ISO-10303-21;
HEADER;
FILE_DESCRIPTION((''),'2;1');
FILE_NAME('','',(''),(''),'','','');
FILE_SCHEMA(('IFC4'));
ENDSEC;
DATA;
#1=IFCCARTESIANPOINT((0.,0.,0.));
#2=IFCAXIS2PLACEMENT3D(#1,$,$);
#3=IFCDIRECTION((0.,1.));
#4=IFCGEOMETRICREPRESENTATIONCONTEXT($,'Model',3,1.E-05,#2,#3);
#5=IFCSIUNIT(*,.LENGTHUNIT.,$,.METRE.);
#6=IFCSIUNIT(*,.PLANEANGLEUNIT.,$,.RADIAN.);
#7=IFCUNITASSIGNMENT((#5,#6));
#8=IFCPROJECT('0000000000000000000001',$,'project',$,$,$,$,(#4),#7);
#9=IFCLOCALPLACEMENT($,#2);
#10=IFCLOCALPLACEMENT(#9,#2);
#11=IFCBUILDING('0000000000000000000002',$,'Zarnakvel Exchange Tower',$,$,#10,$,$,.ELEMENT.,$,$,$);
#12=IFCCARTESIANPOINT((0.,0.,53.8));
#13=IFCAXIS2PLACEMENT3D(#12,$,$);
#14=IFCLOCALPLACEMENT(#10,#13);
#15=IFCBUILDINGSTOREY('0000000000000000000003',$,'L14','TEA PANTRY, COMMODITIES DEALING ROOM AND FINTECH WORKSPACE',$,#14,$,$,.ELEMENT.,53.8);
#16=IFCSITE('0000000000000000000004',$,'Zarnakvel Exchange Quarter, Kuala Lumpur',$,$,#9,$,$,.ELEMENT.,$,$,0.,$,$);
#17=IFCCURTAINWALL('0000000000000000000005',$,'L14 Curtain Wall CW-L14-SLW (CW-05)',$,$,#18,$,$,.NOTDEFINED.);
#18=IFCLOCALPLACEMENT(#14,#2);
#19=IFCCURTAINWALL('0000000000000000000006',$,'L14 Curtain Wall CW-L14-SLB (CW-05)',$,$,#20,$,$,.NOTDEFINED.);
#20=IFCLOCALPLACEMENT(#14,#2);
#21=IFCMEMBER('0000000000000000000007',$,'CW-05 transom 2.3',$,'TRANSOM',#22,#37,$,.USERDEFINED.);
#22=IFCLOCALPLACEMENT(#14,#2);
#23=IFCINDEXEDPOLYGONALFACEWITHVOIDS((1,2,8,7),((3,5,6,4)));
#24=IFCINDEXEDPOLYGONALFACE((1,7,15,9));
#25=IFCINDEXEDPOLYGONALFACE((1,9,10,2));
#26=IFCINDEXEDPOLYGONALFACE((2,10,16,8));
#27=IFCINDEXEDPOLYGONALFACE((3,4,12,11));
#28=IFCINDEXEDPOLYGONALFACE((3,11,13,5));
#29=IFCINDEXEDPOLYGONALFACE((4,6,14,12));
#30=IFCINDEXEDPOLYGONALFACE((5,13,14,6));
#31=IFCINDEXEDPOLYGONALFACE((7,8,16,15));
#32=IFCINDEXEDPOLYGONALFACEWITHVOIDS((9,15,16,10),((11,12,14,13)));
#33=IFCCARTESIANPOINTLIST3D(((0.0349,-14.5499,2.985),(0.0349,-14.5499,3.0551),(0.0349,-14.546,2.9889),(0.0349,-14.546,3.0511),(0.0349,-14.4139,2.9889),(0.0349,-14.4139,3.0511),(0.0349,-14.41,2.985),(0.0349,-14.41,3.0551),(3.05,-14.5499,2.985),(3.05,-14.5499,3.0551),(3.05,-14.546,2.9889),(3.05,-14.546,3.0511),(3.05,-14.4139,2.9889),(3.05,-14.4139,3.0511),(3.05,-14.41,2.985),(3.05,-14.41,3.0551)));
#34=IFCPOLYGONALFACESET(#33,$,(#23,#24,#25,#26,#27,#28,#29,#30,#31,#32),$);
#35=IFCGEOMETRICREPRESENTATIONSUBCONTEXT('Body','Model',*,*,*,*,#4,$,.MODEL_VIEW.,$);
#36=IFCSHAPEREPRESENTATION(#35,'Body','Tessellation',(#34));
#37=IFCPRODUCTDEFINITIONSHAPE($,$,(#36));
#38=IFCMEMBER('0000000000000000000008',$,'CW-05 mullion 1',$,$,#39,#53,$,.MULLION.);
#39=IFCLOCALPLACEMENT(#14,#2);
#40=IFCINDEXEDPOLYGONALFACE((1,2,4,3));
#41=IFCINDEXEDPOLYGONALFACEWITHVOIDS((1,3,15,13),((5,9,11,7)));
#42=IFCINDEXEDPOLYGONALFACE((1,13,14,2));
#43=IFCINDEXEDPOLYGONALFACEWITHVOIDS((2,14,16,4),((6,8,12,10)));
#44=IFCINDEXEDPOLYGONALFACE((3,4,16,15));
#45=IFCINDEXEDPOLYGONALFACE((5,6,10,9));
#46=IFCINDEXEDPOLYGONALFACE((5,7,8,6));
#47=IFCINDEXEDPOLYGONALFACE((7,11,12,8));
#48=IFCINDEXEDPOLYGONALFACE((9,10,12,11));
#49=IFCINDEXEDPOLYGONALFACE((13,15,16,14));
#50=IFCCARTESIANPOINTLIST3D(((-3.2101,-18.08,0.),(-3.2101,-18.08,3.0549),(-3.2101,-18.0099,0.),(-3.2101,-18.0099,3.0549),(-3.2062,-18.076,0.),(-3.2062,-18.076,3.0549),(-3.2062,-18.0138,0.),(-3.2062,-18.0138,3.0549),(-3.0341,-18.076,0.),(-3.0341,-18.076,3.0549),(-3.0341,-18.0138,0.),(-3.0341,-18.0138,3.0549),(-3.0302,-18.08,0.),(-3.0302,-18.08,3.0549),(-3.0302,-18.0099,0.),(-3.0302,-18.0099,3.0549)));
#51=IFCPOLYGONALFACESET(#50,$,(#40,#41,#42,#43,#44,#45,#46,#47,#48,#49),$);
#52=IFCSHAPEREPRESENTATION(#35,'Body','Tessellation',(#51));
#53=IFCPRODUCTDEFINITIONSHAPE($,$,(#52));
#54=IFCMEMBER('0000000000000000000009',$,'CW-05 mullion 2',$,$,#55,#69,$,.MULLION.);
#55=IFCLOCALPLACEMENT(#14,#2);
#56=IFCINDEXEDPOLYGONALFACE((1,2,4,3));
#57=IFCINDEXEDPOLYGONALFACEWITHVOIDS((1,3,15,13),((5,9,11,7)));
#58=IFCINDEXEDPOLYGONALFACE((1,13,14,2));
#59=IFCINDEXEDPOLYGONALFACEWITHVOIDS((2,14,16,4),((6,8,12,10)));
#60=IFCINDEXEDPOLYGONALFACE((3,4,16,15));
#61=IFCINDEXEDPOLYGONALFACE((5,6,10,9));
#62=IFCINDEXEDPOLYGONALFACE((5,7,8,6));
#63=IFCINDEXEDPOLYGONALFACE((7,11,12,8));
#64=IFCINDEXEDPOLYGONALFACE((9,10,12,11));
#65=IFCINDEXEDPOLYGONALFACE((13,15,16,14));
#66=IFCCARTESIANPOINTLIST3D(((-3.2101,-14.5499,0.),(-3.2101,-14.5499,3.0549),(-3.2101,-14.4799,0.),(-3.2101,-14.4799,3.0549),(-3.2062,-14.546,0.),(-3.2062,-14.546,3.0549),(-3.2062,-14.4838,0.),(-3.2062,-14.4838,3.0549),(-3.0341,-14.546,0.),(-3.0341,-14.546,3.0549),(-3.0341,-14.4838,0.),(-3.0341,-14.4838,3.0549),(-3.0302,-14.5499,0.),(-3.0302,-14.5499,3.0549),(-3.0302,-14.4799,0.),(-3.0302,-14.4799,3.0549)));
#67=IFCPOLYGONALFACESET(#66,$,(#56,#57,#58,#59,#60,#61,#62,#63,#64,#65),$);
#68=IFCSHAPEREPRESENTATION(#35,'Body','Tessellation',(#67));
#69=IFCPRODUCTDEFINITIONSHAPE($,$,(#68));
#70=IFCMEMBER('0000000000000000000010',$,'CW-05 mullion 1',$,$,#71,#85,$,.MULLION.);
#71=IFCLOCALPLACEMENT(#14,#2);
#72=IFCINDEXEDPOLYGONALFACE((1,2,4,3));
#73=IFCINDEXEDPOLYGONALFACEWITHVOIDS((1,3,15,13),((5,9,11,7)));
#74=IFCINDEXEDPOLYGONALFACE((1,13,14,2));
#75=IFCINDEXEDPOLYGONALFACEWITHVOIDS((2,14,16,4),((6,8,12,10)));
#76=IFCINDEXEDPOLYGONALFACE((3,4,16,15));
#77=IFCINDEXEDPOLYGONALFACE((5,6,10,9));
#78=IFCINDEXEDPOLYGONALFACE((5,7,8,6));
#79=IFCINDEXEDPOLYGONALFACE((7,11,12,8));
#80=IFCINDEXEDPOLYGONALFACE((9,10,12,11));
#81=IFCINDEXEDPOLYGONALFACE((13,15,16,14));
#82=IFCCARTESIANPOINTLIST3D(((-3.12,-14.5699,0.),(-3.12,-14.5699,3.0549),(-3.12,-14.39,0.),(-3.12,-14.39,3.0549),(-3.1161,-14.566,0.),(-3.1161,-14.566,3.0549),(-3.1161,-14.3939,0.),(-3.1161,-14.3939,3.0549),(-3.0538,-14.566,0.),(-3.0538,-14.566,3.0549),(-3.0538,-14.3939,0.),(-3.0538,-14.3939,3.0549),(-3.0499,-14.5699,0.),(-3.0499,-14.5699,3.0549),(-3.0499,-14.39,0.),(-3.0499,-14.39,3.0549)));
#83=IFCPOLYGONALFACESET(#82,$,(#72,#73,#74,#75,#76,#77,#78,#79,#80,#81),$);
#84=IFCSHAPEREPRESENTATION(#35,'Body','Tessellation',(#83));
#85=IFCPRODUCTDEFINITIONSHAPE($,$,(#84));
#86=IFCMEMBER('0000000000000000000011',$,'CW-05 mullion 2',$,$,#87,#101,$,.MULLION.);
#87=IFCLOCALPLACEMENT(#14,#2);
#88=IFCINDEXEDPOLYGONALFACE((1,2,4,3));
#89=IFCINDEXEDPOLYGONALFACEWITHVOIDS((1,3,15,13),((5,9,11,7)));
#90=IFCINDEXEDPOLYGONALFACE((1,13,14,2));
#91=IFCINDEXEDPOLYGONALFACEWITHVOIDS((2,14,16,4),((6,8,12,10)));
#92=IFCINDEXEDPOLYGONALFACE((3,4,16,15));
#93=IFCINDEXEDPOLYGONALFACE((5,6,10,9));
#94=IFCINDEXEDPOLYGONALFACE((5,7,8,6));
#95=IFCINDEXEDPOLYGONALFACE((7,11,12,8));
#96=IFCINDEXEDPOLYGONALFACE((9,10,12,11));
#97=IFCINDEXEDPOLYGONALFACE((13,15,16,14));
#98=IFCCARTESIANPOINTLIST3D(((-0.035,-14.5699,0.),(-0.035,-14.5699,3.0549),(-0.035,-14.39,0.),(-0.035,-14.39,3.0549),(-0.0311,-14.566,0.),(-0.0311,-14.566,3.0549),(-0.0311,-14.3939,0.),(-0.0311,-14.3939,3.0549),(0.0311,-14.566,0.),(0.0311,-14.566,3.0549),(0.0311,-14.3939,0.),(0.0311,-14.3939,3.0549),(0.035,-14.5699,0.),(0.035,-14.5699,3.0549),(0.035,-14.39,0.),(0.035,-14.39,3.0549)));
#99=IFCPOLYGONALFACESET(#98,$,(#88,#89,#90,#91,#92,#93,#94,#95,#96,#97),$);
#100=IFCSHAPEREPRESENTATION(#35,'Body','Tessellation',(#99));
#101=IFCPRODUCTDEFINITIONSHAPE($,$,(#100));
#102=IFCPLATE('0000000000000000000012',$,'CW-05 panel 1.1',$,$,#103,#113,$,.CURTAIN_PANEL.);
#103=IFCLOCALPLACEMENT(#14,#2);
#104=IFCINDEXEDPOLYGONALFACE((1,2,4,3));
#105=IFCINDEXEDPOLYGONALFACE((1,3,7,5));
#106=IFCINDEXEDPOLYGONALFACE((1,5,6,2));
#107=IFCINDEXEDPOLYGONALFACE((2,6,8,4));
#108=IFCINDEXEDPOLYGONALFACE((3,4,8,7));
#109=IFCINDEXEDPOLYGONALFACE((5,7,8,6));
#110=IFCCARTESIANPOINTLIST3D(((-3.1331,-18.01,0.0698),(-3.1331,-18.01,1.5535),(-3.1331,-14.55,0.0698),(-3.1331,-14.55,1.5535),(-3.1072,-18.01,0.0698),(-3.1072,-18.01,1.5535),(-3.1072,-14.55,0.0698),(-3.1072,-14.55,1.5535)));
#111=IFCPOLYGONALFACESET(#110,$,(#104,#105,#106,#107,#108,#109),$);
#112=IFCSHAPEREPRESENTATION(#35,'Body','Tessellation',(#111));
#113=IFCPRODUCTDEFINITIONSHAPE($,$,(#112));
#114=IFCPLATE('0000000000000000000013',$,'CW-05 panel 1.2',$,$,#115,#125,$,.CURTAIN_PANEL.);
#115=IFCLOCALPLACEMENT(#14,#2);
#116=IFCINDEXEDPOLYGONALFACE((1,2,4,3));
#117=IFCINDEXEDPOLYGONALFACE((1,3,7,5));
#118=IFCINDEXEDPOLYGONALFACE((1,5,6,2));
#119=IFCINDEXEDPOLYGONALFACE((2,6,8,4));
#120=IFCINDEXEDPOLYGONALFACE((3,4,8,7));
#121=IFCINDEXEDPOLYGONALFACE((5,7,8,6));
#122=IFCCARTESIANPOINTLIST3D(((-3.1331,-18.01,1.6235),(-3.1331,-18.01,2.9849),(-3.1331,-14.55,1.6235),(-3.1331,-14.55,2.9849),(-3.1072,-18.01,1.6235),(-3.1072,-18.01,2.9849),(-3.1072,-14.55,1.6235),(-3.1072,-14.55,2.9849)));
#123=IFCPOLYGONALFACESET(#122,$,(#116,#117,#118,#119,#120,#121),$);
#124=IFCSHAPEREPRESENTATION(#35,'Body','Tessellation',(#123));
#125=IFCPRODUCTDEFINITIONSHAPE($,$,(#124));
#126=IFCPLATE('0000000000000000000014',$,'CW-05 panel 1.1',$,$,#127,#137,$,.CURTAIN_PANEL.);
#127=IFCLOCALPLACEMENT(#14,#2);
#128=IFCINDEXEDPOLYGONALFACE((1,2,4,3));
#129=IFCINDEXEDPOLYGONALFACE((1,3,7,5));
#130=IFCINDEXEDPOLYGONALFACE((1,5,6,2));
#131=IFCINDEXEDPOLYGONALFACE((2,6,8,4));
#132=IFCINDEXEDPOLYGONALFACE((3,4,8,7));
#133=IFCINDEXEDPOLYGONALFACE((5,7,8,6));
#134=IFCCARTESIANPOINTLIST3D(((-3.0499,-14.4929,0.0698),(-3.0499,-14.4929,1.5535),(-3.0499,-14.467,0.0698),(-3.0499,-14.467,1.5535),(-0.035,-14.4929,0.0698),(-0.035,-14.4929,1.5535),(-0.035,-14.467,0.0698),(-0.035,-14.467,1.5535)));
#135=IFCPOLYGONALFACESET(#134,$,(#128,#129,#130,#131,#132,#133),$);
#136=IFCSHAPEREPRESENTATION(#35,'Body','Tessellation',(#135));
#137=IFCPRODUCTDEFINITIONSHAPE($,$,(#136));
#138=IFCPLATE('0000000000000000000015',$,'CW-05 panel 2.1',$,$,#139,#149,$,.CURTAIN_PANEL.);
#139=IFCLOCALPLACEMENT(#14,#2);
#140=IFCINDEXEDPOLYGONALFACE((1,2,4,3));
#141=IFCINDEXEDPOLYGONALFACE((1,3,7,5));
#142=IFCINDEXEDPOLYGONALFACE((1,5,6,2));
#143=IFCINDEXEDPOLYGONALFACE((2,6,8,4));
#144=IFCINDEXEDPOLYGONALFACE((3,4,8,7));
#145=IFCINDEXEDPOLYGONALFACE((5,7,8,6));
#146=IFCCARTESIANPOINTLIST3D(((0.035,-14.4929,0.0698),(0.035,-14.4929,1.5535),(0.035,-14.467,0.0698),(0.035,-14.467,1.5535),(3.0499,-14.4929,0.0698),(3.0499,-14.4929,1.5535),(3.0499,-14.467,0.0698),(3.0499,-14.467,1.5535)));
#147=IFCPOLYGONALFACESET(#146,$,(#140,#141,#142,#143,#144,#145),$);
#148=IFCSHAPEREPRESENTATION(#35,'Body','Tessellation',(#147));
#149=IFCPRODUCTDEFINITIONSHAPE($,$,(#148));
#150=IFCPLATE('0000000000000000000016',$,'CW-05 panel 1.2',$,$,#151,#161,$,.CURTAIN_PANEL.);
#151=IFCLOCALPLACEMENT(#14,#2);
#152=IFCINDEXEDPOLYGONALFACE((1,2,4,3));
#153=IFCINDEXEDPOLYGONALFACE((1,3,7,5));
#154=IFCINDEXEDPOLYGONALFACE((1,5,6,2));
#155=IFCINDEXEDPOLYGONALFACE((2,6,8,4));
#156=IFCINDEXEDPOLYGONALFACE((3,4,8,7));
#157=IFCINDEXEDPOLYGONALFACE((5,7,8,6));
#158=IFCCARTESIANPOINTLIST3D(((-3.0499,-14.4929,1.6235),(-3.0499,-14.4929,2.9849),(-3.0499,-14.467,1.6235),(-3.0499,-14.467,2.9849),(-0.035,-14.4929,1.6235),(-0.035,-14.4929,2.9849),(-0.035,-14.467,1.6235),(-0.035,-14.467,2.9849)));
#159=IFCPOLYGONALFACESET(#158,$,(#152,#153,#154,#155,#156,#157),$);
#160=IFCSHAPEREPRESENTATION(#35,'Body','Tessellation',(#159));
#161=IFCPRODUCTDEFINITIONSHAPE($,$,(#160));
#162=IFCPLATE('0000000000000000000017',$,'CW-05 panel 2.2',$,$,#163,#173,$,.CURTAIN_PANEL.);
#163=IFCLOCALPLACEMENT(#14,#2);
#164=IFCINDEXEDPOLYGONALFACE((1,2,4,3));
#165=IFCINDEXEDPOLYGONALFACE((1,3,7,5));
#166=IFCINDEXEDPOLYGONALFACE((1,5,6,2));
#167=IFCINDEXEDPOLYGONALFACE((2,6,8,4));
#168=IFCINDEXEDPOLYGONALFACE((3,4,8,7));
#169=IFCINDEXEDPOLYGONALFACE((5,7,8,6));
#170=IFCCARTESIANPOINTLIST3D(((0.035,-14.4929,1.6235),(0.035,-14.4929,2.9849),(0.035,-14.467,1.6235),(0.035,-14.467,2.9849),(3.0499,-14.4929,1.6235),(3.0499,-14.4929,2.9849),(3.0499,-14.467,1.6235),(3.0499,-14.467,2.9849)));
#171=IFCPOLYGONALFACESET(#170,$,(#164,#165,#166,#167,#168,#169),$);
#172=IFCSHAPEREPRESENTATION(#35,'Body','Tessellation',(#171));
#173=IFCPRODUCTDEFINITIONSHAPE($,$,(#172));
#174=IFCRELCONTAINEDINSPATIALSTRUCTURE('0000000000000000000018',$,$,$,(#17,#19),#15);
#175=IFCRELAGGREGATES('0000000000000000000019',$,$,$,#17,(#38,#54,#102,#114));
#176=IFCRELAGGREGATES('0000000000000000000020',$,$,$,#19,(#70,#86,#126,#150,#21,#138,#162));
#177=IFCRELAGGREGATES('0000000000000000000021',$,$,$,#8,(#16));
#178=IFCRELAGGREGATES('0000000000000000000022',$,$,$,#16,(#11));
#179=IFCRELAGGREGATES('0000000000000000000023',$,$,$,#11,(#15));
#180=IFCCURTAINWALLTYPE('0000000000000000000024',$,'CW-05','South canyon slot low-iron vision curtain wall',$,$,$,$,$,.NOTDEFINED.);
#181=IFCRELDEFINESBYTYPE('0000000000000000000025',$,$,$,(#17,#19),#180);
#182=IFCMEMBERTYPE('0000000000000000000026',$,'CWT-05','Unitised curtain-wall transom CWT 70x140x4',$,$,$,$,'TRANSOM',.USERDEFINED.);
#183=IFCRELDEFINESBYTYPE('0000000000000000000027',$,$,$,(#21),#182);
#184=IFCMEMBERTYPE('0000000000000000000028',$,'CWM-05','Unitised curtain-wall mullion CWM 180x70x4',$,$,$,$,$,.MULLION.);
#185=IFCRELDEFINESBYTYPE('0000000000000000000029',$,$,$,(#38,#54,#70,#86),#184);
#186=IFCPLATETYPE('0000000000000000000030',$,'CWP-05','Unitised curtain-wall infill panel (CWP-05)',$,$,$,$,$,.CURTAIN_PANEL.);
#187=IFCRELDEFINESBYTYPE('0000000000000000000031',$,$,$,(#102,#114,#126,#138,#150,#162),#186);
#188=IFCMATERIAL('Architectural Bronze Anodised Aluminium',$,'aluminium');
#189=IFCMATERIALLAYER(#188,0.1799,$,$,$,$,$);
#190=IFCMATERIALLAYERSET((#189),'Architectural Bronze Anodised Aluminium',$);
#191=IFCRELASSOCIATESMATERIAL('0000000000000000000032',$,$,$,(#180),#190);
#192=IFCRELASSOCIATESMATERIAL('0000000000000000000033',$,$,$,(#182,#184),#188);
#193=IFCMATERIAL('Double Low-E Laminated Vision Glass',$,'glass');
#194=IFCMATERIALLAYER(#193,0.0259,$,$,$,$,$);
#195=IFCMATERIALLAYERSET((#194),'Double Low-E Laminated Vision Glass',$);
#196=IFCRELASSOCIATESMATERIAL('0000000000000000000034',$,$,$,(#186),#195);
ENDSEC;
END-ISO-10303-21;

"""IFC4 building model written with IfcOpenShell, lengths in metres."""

from ifc_helpers import new_model, si_unit, direction, frame, origin, origin_2d, place, context, subcontext, project, spatial, rectangle, hollow_rectangle, extrude, source, transform, mapped, material, layer, layer_set, material_profile, profile_set, type_object, element, aggregate, save


model = new_model("IFC4")

# Units and contexts
model_context = context("Model", 3, precision=1e-05, world=origin(), true_north=direction((0.0, 1.0)))
body_context = subcontext(model_context, "Body", "Model", "MODEL_VIEW")
ifc_project = project(units=[si_unit("LENGTHUNIT", "METRE"), si_unit("PLANEANGLEUNIT", "RADIAN")], contexts=[model_context])

# Site, building, storey
site_placement = place(None, origin())
site = spatial("IfcSite", under=ifc_project, at=site_placement, Name="Zarnakvel Exchange Quarter, Kuala Lumpur", CompositionType="ELEMENT", RefElevation=0.0)
building_placement = place(site_placement, origin())
building = spatial("IfcBuilding", under=site, at=building_placement, Name="Zarnakvel Exchange Tower", CompositionType="ELEMENT")
storey_placement = place(building_placement, frame((0.0, 0.0, 53.8)))
storey = spatial("IfcBuildingStorey", under=building, at=storey_placement, Name="L14", Description="TEA PANTRY, COMMODITIES DEALING ROOM AND FINTECH WORKSPACE", CompositionType="ELEMENT", Elevation=53.8)

# Curtain walls, member
ifc_material_1 = material(Name="Architectural Bronze Anodised Aluminium", Category="aluminium")
ifc_layer_1 = layer(ifc_material_1, 0.1799)
ifc_layer_set_1 = layer_set([ifc_layer_1], Name="Architectural Bronze Anodised Aluminium")
curtain_wall_type = type_object("IfcCurtainWallType", Name="CW-05", Description="South canyon slot low-iron vision curtain wall", PredefinedType="NOTDEFINED", material=ifc_layer_set_1)
curtain_wall_1_placement = place(storey_placement, origin())
curtain_wall_1 = element("IfcCurtainWall", 1, at=curtain_wall_1_placement, inside=storey, type_object=curtain_wall_type, Name="L14 Curtain Wall CW-L14-SLW (CW-05)", PredefinedType="NOTDEFINED")
ifc_material_profile_1 = material_profile(ifc_material_1, hollow_rectangle(XDim=0.1399, YDim=0.0701, WallThickness=0.0039, at=origin_2d()))
ifc_profile_set_1 = profile_set([ifc_material_profile_1], Name="Architectural Bronze Anodised Aluminium")
member_type_1 = type_object("IfcMemberType", Name="CWT-05", Description="Unitised curtain-wall transom CWT 70x140x4", ElementType="TRANSOM", PredefinedType="USERDEFINED", material=ifc_profile_set_1)
curtain_wall_2_placement = place(storey_placement, origin())
curtain_wall_2 = element("IfcCurtainWall", 2, at=curtain_wall_2_placement, inside=storey, type_object=curtain_wall_type, Name="L14 Curtain Wall CW-L14-SLB (CW-05)", PredefinedType="NOTDEFINED")
shared_shape_1 = source(origin(), body_context, "Body", "SweptSolid", [
    extrude(hollow_rectangle(XDim=0.1399, YDim=0.0701, WallThickness=0.0039, at=origin_2d()), origin(), (0.0, 0.0, 1.0), 3.0151),
])
member_1_placement = place(storey_placement, frame((0.0349, -14.48, 3.02), z_axis=(1.0, 0.0, 0.0), x_axis=(0.0, 1.0, 0.0)))
member_1 = element("IfcMember", 3, at=member_1_placement, type_object=member_type_1, Name="CW-05 transom 2.3", ObjectType="TRANSOM", PredefinedType="USERDEFINED", context=body_context, shape_type="MappedRepresentation", body=[
    mapped(shared_shape_1, transform((0.0, 0.0, 0.0), x_axis=(1.0, 0.0, 0.0), y_axis=(0.0, 1.0, 0.0), z_axis=(0.0, 0.0, 1.0), scale=1.0)),
])

# Members
ifc_material_profile_2 = material_profile(ifc_material_1, hollow_rectangle(XDim=0.1799, YDim=0.0701, WallThickness=0.0039, at=origin_2d()))
ifc_profile_set_2 = profile_set([ifc_material_profile_2], Name="Architectural Bronze Anodised Aluminium")
member_type_2 = type_object("IfcMemberType", Name="CWM-05", Description="Unitised curtain-wall mullion CWM 180x70x4", PredefinedType="MULLION", material=ifc_profile_set_2)
shared_shape_2 = source(origin(), body_context, "Body", "SweptSolid", [
    extrude(hollow_rectangle(XDim=0.1799, YDim=0.0701, WallThickness=0.0039, at=origin_2d()), origin(), (0.0, 0.0, 1.0), 3.0549),
])
member_2_placement = place(storey_placement, frame((-3.1201, -18.0449, 0.0), z_axis=(0.0, 0.0, 1.0), x_axis=(-1.0, 0.0, 0.0)))
member_2 = element("IfcMember", 4, at=member_2_placement, type_object=member_type_2, Name="CW-05 mullion 1", PredefinedType="MULLION", context=body_context, shape_type="MappedRepresentation", body=[
    mapped(shared_shape_2, transform((0.0, 0.0, 0.0), x_axis=(1.0, 0.0, 0.0), y_axis=(0.0, 1.0, 0.0), z_axis=(0.0, 0.0, 1.0), scale=1.0)),
])
member_3_placement = place(storey_placement, frame((-3.1201, -14.5149, 0.0), z_axis=(0.0, 0.0, 1.0), x_axis=(-1.0, 0.0, 0.0)))
member_3 = element("IfcMember", 5, at=member_3_placement, type_object=member_type_2, Name="CW-05 mullion 2", PredefinedType="MULLION", context=body_context, shape_type="MappedRepresentation", body=[
    mapped(shared_shape_2, transform((0.0, 0.0, 0.0), x_axis=(1.0, 0.0, 0.0), y_axis=(0.0, 1.0, 0.0), z_axis=(0.0, 0.0, 1.0), scale=1.0)),
])
member_4_placement = place(storey_placement, frame((-3.085, -14.48, 0.0), z_axis=(0.0, 0.0, 1.0), x_axis=(0.0, 1.0, 0.0)))
member_4 = element("IfcMember", 6, at=member_4_placement, type_object=member_type_2, Name="CW-05 mullion 1", PredefinedType="MULLION", context=body_context, shape_type="MappedRepresentation", body=[
    mapped(shared_shape_2, transform((0.0, 0.0, 0.0), x_axis=(1.0, 0.0, 0.0), y_axis=(0.0, 1.0, 0.0), z_axis=(0.0, 0.0, 1.0), scale=1.0)),
])
member_5_placement = place(storey_placement, frame((0.0, -14.48, 0.0), z_axis=(0.0, 0.0, 1.0), x_axis=(0.0, 1.0, 0.0)))
member_5 = element("IfcMember", 7, at=member_5_placement, type_object=member_type_2, Name="CW-05 mullion 2", PredefinedType="MULLION", context=body_context, shape_type="MappedRepresentation", body=[
    mapped(shared_shape_2, transform((0.0, 0.0, 0.0), x_axis=(1.0, 0.0, 0.0), y_axis=(0.0, 1.0, 0.0), z_axis=(0.0, 0.0, 1.0), scale=1.0)),
])

# Plates
ifc_material_2 = material(Name="Double Low-E Laminated Vision Glass", Category="glass")
ifc_layer_2 = layer(ifc_material_2, 0.0259)
ifc_layer_set_2 = layer_set([ifc_layer_2], Name="Double Low-E Laminated Vision Glass")
plate_type = type_object("IfcPlateType", Name="CWP-05", Description="Unitised curtain-wall infill panel (CWP-05)", PredefinedType="CURTAIN_PANEL", material=ifc_layer_set_2)
shared_shape_3 = source(origin(), body_context, "Body", "SweptSolid", [
    extrude(rectangle(XDim=3.46, YDim=0.0259, at=origin_2d()), origin(), (0.0, 0.0, 1.0), 1.4836),
])
plate_1_placement = place(storey_placement, frame((-3.1201, -16.28, 0.0698), z_axis=(0.0, 0.0, 1.0), x_axis=(0.0, 1.0, 0.0)))
plate_1 = element("IfcPlate", 8, at=plate_1_placement, type_object=plate_type, Name="CW-05 panel 1.1", PredefinedType="CURTAIN_PANEL", context=body_context, shape_type="MappedRepresentation", body=[
    mapped(shared_shape_3, transform((0.0, 0.0, 0.0), x_axis=(1.0, 0.0, 0.0), y_axis=(0.0, 1.0, 0.0), z_axis=(0.0, 0.0, 1.0), scale=1.0)),
])
shared_shape_4 = source(origin(), body_context, "Body", "SweptSolid", [
    extrude(rectangle(XDim=3.46, YDim=0.0259, at=origin_2d()), origin(), (0.0, 0.0, 1.0), 1.3613),
])
plate_2_placement = place(storey_placement, frame((-3.1201, -16.28, 1.6235), z_axis=(0.0, 0.0, 1.0), x_axis=(0.0, 1.0, 0.0)))
plate_2 = element("IfcPlate", 9, at=plate_2_placement, type_object=plate_type, Name="CW-05 panel 1.2", PredefinedType="CURTAIN_PANEL", context=body_context, shape_type="MappedRepresentation", body=[
    mapped(shared_shape_4, transform((0.0, 0.0, 0.0), x_axis=(1.0, 0.0, 0.0), y_axis=(0.0, 1.0, 0.0), z_axis=(0.0, 0.0, 1.0), scale=1.0)),
])
aggregate(curtain_wall_1, [member_2, member_3, plate_1, plate_2])
shared_shape_5 = source(origin(), body_context, "Body", "SweptSolid", [
    extrude(rectangle(XDim=3.0149, YDim=0.0259, at=origin_2d()), origin(), (0.0, 0.0, 1.0), 1.4836),
])
plate_3_placement = place(storey_placement, frame((-1.5425, -14.48, 0.0698), z_axis=(0.0, 0.0, 1.0), x_axis=(1.0, 0.0, 0.0)))
plate_3 = element("IfcPlate", 10, at=plate_3_placement, type_object=plate_type, Name="CW-05 panel 1.1", PredefinedType="CURTAIN_PANEL", context=body_context, shape_type="MappedRepresentation", body=[
    mapped(shared_shape_5, transform((0.0, 0.0, 0.0), x_axis=(1.0, 0.0, 0.0), y_axis=(0.0, 1.0, 0.0), z_axis=(0.0, 0.0, 1.0), scale=1.0)),
])
plate_4_placement = place(storey_placement, frame((1.5425, -14.48, 0.0698), z_axis=(0.0, 0.0, 1.0), x_axis=(1.0, 0.0, 0.0)))
plate_4 = element("IfcPlate", 11, at=plate_4_placement, type_object=plate_type, Name="CW-05 panel 2.1", PredefinedType="CURTAIN_PANEL", context=body_context, shape_type="MappedRepresentation", body=[
    mapped(shared_shape_5, transform((0.0, 0.0, 0.0), x_axis=(1.0, 0.0, 0.0), y_axis=(0.0, 1.0, 0.0), z_axis=(0.0, 0.0, 1.0), scale=1.0)),
])
shared_shape_6 = source(origin(), body_context, "Body", "SweptSolid", [
    extrude(rectangle(XDim=3.0149, YDim=0.0259, at=origin_2d()), origin(), (0.0, 0.0, 1.0), 1.3613),
])
plate_5_placement = place(storey_placement, frame((-1.5425, -14.48, 1.6235), z_axis=(0.0, 0.0, 1.0), x_axis=(1.0, 0.0, 0.0)))
plate_5 = element("IfcPlate", 12, at=plate_5_placement, type_object=plate_type, Name="CW-05 panel 1.2", PredefinedType="CURTAIN_PANEL", context=body_context, shape_type="MappedRepresentation", body=[
    mapped(shared_shape_6, transform((0.0, 0.0, 0.0), x_axis=(1.0, 0.0, 0.0), y_axis=(0.0, 1.0, 0.0), z_axis=(0.0, 0.0, 1.0), scale=1.0)),
])
plate_6_placement = place(storey_placement, frame((1.5425, -14.48, 1.6235), z_axis=(0.0, 0.0, 1.0), x_axis=(1.0, 0.0, 0.0)))
plate_6 = element("IfcPlate", 13, at=plate_6_placement, type_object=plate_type, Name="CW-05 panel 2.2", PredefinedType="CURTAIN_PANEL", context=body_context, shape_type="MappedRepresentation", body=[
    mapped(shared_shape_6, transform((0.0, 0.0, 0.0), x_axis=(1.0, 0.0, 0.0), y_axis=(0.0, 1.0, 0.0), z_axis=(0.0, 0.0, 1.0), scale=1.0)),
])
aggregate(curtain_wall_2, [member_4, member_5, plate_3, plate_5, member_1, plate_4, plate_6])

save(model, "model.ifc")
